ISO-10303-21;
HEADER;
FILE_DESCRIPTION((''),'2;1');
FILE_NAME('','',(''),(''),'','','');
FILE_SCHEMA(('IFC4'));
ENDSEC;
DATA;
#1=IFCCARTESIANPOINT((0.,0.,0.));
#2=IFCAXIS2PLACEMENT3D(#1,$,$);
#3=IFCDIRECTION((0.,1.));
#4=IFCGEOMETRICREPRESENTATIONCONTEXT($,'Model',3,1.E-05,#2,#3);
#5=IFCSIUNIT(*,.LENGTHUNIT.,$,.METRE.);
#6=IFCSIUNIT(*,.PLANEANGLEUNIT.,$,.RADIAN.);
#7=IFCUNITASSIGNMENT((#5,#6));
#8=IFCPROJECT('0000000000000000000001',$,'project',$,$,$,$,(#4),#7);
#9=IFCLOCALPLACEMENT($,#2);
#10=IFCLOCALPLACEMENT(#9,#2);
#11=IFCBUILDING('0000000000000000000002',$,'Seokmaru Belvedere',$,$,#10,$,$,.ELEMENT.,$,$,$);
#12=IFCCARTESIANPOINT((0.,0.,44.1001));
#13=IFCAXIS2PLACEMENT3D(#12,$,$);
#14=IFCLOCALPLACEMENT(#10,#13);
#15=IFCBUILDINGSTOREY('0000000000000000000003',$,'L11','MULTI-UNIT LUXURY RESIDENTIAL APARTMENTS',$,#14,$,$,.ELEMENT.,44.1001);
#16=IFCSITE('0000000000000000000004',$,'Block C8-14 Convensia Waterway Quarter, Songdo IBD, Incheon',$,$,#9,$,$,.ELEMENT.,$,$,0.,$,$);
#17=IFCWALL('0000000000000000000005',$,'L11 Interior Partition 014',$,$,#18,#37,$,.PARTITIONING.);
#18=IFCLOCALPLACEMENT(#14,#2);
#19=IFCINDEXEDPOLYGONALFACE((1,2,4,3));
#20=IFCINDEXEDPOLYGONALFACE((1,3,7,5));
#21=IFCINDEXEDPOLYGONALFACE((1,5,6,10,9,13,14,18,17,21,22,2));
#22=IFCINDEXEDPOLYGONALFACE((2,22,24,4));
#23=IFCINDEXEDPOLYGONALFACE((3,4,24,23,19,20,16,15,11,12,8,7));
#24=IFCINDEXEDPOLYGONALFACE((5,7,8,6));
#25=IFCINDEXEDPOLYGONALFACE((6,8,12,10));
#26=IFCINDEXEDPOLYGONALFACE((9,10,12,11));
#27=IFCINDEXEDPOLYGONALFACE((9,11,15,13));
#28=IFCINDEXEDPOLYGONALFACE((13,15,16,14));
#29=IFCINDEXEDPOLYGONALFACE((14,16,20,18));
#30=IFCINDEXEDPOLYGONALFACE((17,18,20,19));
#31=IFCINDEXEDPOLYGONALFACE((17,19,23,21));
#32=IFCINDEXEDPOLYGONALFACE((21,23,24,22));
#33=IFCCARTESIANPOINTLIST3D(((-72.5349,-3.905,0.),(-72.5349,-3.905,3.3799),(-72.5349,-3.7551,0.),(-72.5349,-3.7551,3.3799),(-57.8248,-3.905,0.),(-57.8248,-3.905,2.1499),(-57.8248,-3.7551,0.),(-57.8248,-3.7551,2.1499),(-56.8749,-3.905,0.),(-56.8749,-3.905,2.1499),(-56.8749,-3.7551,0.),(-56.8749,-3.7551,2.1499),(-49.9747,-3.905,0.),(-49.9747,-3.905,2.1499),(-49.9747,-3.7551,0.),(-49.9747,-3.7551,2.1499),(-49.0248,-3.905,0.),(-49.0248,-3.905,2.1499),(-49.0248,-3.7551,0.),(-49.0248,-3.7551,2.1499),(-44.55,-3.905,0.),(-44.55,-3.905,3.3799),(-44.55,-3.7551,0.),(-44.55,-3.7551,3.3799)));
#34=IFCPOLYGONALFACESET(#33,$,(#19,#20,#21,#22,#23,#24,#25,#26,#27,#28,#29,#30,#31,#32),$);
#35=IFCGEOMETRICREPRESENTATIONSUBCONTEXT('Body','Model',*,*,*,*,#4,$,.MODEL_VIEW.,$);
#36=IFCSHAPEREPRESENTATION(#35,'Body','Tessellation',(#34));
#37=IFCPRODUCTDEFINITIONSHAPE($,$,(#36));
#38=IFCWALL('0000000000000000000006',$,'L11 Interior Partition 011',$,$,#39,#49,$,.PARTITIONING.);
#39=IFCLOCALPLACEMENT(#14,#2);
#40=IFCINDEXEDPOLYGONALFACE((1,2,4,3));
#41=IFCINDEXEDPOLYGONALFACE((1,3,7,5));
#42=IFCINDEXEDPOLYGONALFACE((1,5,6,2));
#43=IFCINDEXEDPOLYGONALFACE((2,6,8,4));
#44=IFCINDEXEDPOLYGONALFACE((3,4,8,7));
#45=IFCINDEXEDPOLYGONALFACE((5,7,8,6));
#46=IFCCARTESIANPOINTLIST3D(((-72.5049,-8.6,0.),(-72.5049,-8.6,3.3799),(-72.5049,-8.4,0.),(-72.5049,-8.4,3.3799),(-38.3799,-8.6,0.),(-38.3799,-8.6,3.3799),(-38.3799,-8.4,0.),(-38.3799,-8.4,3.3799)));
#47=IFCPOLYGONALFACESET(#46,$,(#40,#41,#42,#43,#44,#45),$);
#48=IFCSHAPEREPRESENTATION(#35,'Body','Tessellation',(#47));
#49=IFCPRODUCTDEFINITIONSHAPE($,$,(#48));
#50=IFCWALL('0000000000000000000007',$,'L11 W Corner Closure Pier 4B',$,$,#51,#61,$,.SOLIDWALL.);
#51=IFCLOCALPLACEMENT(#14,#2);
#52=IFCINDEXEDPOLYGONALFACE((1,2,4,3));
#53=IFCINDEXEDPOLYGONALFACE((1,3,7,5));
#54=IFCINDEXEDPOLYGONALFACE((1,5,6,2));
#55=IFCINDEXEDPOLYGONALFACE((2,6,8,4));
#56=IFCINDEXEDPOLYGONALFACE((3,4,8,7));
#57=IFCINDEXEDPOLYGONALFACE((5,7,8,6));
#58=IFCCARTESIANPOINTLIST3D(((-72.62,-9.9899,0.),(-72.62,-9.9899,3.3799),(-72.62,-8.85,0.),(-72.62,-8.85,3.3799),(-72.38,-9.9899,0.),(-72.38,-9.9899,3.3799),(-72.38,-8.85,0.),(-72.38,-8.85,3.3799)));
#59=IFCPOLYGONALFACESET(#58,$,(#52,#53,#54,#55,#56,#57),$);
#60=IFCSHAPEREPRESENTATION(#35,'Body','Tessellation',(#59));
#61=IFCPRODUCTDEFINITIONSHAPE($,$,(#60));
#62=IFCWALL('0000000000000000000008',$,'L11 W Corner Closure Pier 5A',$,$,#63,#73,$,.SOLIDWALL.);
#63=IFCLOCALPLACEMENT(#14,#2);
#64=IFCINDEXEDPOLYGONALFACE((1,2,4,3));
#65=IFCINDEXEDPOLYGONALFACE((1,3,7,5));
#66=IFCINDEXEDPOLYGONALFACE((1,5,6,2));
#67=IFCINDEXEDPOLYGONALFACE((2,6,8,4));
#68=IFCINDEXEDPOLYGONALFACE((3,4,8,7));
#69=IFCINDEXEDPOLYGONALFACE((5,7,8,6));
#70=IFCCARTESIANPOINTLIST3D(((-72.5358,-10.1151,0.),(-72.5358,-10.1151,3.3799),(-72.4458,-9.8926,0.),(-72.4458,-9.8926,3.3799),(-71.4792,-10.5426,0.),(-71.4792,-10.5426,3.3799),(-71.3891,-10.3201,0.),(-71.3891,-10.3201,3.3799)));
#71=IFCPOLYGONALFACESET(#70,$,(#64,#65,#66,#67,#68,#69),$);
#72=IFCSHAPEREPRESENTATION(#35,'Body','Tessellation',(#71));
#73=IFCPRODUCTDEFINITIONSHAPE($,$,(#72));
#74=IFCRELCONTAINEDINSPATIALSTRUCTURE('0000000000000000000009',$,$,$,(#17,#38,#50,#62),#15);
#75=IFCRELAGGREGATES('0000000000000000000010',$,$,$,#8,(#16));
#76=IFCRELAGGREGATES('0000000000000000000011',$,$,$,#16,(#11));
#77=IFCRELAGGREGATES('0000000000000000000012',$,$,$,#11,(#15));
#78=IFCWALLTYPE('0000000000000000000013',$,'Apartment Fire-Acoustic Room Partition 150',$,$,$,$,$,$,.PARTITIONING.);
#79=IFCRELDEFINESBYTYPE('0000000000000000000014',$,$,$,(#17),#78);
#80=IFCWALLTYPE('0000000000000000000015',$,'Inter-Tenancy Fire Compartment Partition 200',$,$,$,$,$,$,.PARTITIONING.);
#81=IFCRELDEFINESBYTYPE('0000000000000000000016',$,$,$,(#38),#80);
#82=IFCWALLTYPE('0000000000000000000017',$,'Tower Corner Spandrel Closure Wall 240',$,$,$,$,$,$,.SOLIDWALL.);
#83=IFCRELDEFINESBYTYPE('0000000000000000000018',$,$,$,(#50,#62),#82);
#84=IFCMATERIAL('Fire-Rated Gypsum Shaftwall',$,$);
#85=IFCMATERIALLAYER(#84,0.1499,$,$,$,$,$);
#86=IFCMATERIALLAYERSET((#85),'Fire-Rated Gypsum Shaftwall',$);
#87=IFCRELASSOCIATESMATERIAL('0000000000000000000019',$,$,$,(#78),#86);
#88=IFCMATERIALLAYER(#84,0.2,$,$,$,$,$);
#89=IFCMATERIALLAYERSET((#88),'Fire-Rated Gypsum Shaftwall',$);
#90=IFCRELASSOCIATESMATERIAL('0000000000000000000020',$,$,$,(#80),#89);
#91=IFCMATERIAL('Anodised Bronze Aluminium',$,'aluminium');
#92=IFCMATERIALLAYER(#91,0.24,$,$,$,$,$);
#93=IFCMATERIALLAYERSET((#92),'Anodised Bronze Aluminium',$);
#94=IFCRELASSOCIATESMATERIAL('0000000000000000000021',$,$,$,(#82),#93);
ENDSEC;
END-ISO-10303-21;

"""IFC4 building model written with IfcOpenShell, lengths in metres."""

from ifc_helpers import new_model, si_unit, direction, frame, frame_2d, origin, place, context, subcontext, project, spatial, rectangle, extrude, material, layer, layer_set, type_object, element, save


model = new_model("IFC4")

# Units and contexts
model_context = context("Model", 3, precision=1e-05, world=origin(), true_north=direction((0.0, 1.0)))
body_context = subcontext(model_context, "Body", "Model", "MODEL_VIEW")
ifc_project = project(units=[si_unit("LENGTHUNIT", "METRE"), si_unit("PLANEANGLEUNIT", "RADIAN")], contexts=[model_context])

# Site, building, storey
site_placement = place(None, origin())
site = spatial("IfcSite", under=ifc_project, at=site_placement, Name="Block C8-14 Convensia Waterway Quarter, Songdo IBD, Incheon", CompositionType="ELEMENT", RefElevation=0.0)
building_placement = place(site_placement, origin())
building = spatial("IfcBuilding", under=site, at=building_placement, Name="Seokmaru Belvedere", CompositionType="ELEMENT")
storey_placement = place(building_placement, frame((0.0, 0.0, 44.1001)))
storey = spatial("IfcBuildingStorey", under=building, at=storey_placement, Name="L11", Description="MULTI-UNIT LUXURY RESIDENTIAL APARTMENTS", CompositionType="ELEMENT", Elevation=44.1001)

# Shared definitions
ifc_material_1 = material(Name="Anodised Bronze Aluminium", Category="aluminium")

# Wall, openings
ifc_material_2 = material(Name="Fire-Rated Gypsum Shaftwall")
ifc_layer_1 = layer(ifc_material_2, 0.1499)
ifc_layer_set_1 = layer_set([ifc_layer_1], Name="Fire-Rated Gypsum Shaftwall")
wall_type_1 = type_object("IfcWallType", Name="Apartment Fire-Acoustic Room Partition 150", PredefinedType="PARTITIONING", material=ifc_layer_set_1)
wall_1_placement = place(storey_placement, frame((-72.5349, -3.8301, 0.0), z_axis=(0.0, 0.0, 1.0), x_axis=(1.0, 0.0, 0.0)))
wall_1 = element("IfcWall", 1, at=wall_1_placement, inside=storey, type_object=wall_type_1, Name="L11 Interior Partition 014", PredefinedType="PARTITIONING", context=body_context, shape_type="SweptSolid", body=[
    extrude(rectangle(XDim=27.9849, YDim=0.1499, at=frame_2d((13.9924, 0.0))), origin(), (0.0, 0.0, 1.0), 3.3799),
])
opening_1_placement = place(wall_1_placement, frame((22.5601, 0.0, 0.0)))
element("IfcOpeningElement", 2, at=opening_1_placement, cuts=wall_1, PredefinedType="OPENING", context=body_context, shape_type="SweptSolid", body=[
    extrude(rectangle(XDim=0.95, YDim=2.1499, at=frame_2d((0.4751, 1.075))), frame((0.0, 0.085, 0.0), z_axis=(0.0, -1.0, 0.0), x_axis=(1.0, 0.0, 0.0)), (0.0, 0.0, 1.0), 0.1699),
])
opening_2_placement = place(wall_1_placement, frame((14.71, 0.0, 0.0)))
element("IfcOpeningElement", 3, at=opening_2_placement, cuts=wall_1, PredefinedType="OPENING", context=body_context, shape_type="SweptSolid", body=[
    extrude(rectangle(XDim=0.95, YDim=2.1499, at=frame_2d((0.4751, 1.075))), frame((0.0, 0.085, 0.0), z_axis=(0.0, -1.0, 0.0), x_axis=(1.0, 0.0, 0.0)), (0.0, 0.0, 1.0), 0.1699),
])

# Walls
ifc_layer_2 = layer(ifc_material_2, 0.2)
ifc_layer_set_2 = layer_set([ifc_layer_2], Name="Fire-Rated Gypsum Shaftwall")
wall_type_2 = type_object("IfcWallType", Name="Inter-Tenancy Fire Compartment Partition 200", PredefinedType="PARTITIONING", material=ifc_layer_set_2)
wall_2_placement = place(storey_placement, frame((-72.5049, -8.5, 0.0), z_axis=(0.0, 0.0, 1.0), x_axis=(1.0, 0.0, 0.0)))
element("IfcWall", 4, at=wall_2_placement, inside=storey, type_object=wall_type_2, Name="L11 Interior Partition 011", PredefinedType="PARTITIONING", context=body_context, shape_type="SweptSolid", body=[
    extrude(rectangle(XDim=34.125, YDim=0.2, at=frame_2d((17.0625, 0.0))), origin(), (0.0, 0.0, 1.0), 3.3799),
])
ifc_layer_3 = layer(ifc_material_1, 0.24)
ifc_layer_set_3 = layer_set([ifc_layer_3], Name="Anodised Bronze Aluminium")
wall_type_3 = type_object("IfcWallType", Name="Tower Corner Spandrel Closure Wall 240", PredefinedType="SOLIDWALL", material=ifc_layer_set_3)
for number, where, z_axis, x_axis, name in (
    (5, (-72.5, -8.8501, 0.0), (0.0, 0.0, 1.0), (0.0, -1.0, 0.0), "L11 W Corner Closure Pier 4B"),
    (6, (-72.4907, -10.0039, 0.0), (0.0, 0.0, 1.0), (0.927007, -0.375044, 0.0), "L11 W Corner Closure Pier 5A"),
):
    element("IfcWall", number, at=place(storey_placement, frame(where, z_axis=z_axis, x_axis=x_axis)), inside=storey, type_object=wall_type_3, Name=name, PredefinedType="SOLIDWALL", context=body_context, shape_type="SweptSolid", body=[
        extrude(rectangle(XDim=1.1399, YDim=0.24, at=frame_2d((0.5698, 0.0))), origin(), (0.0, 0.0, 1.0), 3.3799),
    ])

save(model, "model.ifc")
